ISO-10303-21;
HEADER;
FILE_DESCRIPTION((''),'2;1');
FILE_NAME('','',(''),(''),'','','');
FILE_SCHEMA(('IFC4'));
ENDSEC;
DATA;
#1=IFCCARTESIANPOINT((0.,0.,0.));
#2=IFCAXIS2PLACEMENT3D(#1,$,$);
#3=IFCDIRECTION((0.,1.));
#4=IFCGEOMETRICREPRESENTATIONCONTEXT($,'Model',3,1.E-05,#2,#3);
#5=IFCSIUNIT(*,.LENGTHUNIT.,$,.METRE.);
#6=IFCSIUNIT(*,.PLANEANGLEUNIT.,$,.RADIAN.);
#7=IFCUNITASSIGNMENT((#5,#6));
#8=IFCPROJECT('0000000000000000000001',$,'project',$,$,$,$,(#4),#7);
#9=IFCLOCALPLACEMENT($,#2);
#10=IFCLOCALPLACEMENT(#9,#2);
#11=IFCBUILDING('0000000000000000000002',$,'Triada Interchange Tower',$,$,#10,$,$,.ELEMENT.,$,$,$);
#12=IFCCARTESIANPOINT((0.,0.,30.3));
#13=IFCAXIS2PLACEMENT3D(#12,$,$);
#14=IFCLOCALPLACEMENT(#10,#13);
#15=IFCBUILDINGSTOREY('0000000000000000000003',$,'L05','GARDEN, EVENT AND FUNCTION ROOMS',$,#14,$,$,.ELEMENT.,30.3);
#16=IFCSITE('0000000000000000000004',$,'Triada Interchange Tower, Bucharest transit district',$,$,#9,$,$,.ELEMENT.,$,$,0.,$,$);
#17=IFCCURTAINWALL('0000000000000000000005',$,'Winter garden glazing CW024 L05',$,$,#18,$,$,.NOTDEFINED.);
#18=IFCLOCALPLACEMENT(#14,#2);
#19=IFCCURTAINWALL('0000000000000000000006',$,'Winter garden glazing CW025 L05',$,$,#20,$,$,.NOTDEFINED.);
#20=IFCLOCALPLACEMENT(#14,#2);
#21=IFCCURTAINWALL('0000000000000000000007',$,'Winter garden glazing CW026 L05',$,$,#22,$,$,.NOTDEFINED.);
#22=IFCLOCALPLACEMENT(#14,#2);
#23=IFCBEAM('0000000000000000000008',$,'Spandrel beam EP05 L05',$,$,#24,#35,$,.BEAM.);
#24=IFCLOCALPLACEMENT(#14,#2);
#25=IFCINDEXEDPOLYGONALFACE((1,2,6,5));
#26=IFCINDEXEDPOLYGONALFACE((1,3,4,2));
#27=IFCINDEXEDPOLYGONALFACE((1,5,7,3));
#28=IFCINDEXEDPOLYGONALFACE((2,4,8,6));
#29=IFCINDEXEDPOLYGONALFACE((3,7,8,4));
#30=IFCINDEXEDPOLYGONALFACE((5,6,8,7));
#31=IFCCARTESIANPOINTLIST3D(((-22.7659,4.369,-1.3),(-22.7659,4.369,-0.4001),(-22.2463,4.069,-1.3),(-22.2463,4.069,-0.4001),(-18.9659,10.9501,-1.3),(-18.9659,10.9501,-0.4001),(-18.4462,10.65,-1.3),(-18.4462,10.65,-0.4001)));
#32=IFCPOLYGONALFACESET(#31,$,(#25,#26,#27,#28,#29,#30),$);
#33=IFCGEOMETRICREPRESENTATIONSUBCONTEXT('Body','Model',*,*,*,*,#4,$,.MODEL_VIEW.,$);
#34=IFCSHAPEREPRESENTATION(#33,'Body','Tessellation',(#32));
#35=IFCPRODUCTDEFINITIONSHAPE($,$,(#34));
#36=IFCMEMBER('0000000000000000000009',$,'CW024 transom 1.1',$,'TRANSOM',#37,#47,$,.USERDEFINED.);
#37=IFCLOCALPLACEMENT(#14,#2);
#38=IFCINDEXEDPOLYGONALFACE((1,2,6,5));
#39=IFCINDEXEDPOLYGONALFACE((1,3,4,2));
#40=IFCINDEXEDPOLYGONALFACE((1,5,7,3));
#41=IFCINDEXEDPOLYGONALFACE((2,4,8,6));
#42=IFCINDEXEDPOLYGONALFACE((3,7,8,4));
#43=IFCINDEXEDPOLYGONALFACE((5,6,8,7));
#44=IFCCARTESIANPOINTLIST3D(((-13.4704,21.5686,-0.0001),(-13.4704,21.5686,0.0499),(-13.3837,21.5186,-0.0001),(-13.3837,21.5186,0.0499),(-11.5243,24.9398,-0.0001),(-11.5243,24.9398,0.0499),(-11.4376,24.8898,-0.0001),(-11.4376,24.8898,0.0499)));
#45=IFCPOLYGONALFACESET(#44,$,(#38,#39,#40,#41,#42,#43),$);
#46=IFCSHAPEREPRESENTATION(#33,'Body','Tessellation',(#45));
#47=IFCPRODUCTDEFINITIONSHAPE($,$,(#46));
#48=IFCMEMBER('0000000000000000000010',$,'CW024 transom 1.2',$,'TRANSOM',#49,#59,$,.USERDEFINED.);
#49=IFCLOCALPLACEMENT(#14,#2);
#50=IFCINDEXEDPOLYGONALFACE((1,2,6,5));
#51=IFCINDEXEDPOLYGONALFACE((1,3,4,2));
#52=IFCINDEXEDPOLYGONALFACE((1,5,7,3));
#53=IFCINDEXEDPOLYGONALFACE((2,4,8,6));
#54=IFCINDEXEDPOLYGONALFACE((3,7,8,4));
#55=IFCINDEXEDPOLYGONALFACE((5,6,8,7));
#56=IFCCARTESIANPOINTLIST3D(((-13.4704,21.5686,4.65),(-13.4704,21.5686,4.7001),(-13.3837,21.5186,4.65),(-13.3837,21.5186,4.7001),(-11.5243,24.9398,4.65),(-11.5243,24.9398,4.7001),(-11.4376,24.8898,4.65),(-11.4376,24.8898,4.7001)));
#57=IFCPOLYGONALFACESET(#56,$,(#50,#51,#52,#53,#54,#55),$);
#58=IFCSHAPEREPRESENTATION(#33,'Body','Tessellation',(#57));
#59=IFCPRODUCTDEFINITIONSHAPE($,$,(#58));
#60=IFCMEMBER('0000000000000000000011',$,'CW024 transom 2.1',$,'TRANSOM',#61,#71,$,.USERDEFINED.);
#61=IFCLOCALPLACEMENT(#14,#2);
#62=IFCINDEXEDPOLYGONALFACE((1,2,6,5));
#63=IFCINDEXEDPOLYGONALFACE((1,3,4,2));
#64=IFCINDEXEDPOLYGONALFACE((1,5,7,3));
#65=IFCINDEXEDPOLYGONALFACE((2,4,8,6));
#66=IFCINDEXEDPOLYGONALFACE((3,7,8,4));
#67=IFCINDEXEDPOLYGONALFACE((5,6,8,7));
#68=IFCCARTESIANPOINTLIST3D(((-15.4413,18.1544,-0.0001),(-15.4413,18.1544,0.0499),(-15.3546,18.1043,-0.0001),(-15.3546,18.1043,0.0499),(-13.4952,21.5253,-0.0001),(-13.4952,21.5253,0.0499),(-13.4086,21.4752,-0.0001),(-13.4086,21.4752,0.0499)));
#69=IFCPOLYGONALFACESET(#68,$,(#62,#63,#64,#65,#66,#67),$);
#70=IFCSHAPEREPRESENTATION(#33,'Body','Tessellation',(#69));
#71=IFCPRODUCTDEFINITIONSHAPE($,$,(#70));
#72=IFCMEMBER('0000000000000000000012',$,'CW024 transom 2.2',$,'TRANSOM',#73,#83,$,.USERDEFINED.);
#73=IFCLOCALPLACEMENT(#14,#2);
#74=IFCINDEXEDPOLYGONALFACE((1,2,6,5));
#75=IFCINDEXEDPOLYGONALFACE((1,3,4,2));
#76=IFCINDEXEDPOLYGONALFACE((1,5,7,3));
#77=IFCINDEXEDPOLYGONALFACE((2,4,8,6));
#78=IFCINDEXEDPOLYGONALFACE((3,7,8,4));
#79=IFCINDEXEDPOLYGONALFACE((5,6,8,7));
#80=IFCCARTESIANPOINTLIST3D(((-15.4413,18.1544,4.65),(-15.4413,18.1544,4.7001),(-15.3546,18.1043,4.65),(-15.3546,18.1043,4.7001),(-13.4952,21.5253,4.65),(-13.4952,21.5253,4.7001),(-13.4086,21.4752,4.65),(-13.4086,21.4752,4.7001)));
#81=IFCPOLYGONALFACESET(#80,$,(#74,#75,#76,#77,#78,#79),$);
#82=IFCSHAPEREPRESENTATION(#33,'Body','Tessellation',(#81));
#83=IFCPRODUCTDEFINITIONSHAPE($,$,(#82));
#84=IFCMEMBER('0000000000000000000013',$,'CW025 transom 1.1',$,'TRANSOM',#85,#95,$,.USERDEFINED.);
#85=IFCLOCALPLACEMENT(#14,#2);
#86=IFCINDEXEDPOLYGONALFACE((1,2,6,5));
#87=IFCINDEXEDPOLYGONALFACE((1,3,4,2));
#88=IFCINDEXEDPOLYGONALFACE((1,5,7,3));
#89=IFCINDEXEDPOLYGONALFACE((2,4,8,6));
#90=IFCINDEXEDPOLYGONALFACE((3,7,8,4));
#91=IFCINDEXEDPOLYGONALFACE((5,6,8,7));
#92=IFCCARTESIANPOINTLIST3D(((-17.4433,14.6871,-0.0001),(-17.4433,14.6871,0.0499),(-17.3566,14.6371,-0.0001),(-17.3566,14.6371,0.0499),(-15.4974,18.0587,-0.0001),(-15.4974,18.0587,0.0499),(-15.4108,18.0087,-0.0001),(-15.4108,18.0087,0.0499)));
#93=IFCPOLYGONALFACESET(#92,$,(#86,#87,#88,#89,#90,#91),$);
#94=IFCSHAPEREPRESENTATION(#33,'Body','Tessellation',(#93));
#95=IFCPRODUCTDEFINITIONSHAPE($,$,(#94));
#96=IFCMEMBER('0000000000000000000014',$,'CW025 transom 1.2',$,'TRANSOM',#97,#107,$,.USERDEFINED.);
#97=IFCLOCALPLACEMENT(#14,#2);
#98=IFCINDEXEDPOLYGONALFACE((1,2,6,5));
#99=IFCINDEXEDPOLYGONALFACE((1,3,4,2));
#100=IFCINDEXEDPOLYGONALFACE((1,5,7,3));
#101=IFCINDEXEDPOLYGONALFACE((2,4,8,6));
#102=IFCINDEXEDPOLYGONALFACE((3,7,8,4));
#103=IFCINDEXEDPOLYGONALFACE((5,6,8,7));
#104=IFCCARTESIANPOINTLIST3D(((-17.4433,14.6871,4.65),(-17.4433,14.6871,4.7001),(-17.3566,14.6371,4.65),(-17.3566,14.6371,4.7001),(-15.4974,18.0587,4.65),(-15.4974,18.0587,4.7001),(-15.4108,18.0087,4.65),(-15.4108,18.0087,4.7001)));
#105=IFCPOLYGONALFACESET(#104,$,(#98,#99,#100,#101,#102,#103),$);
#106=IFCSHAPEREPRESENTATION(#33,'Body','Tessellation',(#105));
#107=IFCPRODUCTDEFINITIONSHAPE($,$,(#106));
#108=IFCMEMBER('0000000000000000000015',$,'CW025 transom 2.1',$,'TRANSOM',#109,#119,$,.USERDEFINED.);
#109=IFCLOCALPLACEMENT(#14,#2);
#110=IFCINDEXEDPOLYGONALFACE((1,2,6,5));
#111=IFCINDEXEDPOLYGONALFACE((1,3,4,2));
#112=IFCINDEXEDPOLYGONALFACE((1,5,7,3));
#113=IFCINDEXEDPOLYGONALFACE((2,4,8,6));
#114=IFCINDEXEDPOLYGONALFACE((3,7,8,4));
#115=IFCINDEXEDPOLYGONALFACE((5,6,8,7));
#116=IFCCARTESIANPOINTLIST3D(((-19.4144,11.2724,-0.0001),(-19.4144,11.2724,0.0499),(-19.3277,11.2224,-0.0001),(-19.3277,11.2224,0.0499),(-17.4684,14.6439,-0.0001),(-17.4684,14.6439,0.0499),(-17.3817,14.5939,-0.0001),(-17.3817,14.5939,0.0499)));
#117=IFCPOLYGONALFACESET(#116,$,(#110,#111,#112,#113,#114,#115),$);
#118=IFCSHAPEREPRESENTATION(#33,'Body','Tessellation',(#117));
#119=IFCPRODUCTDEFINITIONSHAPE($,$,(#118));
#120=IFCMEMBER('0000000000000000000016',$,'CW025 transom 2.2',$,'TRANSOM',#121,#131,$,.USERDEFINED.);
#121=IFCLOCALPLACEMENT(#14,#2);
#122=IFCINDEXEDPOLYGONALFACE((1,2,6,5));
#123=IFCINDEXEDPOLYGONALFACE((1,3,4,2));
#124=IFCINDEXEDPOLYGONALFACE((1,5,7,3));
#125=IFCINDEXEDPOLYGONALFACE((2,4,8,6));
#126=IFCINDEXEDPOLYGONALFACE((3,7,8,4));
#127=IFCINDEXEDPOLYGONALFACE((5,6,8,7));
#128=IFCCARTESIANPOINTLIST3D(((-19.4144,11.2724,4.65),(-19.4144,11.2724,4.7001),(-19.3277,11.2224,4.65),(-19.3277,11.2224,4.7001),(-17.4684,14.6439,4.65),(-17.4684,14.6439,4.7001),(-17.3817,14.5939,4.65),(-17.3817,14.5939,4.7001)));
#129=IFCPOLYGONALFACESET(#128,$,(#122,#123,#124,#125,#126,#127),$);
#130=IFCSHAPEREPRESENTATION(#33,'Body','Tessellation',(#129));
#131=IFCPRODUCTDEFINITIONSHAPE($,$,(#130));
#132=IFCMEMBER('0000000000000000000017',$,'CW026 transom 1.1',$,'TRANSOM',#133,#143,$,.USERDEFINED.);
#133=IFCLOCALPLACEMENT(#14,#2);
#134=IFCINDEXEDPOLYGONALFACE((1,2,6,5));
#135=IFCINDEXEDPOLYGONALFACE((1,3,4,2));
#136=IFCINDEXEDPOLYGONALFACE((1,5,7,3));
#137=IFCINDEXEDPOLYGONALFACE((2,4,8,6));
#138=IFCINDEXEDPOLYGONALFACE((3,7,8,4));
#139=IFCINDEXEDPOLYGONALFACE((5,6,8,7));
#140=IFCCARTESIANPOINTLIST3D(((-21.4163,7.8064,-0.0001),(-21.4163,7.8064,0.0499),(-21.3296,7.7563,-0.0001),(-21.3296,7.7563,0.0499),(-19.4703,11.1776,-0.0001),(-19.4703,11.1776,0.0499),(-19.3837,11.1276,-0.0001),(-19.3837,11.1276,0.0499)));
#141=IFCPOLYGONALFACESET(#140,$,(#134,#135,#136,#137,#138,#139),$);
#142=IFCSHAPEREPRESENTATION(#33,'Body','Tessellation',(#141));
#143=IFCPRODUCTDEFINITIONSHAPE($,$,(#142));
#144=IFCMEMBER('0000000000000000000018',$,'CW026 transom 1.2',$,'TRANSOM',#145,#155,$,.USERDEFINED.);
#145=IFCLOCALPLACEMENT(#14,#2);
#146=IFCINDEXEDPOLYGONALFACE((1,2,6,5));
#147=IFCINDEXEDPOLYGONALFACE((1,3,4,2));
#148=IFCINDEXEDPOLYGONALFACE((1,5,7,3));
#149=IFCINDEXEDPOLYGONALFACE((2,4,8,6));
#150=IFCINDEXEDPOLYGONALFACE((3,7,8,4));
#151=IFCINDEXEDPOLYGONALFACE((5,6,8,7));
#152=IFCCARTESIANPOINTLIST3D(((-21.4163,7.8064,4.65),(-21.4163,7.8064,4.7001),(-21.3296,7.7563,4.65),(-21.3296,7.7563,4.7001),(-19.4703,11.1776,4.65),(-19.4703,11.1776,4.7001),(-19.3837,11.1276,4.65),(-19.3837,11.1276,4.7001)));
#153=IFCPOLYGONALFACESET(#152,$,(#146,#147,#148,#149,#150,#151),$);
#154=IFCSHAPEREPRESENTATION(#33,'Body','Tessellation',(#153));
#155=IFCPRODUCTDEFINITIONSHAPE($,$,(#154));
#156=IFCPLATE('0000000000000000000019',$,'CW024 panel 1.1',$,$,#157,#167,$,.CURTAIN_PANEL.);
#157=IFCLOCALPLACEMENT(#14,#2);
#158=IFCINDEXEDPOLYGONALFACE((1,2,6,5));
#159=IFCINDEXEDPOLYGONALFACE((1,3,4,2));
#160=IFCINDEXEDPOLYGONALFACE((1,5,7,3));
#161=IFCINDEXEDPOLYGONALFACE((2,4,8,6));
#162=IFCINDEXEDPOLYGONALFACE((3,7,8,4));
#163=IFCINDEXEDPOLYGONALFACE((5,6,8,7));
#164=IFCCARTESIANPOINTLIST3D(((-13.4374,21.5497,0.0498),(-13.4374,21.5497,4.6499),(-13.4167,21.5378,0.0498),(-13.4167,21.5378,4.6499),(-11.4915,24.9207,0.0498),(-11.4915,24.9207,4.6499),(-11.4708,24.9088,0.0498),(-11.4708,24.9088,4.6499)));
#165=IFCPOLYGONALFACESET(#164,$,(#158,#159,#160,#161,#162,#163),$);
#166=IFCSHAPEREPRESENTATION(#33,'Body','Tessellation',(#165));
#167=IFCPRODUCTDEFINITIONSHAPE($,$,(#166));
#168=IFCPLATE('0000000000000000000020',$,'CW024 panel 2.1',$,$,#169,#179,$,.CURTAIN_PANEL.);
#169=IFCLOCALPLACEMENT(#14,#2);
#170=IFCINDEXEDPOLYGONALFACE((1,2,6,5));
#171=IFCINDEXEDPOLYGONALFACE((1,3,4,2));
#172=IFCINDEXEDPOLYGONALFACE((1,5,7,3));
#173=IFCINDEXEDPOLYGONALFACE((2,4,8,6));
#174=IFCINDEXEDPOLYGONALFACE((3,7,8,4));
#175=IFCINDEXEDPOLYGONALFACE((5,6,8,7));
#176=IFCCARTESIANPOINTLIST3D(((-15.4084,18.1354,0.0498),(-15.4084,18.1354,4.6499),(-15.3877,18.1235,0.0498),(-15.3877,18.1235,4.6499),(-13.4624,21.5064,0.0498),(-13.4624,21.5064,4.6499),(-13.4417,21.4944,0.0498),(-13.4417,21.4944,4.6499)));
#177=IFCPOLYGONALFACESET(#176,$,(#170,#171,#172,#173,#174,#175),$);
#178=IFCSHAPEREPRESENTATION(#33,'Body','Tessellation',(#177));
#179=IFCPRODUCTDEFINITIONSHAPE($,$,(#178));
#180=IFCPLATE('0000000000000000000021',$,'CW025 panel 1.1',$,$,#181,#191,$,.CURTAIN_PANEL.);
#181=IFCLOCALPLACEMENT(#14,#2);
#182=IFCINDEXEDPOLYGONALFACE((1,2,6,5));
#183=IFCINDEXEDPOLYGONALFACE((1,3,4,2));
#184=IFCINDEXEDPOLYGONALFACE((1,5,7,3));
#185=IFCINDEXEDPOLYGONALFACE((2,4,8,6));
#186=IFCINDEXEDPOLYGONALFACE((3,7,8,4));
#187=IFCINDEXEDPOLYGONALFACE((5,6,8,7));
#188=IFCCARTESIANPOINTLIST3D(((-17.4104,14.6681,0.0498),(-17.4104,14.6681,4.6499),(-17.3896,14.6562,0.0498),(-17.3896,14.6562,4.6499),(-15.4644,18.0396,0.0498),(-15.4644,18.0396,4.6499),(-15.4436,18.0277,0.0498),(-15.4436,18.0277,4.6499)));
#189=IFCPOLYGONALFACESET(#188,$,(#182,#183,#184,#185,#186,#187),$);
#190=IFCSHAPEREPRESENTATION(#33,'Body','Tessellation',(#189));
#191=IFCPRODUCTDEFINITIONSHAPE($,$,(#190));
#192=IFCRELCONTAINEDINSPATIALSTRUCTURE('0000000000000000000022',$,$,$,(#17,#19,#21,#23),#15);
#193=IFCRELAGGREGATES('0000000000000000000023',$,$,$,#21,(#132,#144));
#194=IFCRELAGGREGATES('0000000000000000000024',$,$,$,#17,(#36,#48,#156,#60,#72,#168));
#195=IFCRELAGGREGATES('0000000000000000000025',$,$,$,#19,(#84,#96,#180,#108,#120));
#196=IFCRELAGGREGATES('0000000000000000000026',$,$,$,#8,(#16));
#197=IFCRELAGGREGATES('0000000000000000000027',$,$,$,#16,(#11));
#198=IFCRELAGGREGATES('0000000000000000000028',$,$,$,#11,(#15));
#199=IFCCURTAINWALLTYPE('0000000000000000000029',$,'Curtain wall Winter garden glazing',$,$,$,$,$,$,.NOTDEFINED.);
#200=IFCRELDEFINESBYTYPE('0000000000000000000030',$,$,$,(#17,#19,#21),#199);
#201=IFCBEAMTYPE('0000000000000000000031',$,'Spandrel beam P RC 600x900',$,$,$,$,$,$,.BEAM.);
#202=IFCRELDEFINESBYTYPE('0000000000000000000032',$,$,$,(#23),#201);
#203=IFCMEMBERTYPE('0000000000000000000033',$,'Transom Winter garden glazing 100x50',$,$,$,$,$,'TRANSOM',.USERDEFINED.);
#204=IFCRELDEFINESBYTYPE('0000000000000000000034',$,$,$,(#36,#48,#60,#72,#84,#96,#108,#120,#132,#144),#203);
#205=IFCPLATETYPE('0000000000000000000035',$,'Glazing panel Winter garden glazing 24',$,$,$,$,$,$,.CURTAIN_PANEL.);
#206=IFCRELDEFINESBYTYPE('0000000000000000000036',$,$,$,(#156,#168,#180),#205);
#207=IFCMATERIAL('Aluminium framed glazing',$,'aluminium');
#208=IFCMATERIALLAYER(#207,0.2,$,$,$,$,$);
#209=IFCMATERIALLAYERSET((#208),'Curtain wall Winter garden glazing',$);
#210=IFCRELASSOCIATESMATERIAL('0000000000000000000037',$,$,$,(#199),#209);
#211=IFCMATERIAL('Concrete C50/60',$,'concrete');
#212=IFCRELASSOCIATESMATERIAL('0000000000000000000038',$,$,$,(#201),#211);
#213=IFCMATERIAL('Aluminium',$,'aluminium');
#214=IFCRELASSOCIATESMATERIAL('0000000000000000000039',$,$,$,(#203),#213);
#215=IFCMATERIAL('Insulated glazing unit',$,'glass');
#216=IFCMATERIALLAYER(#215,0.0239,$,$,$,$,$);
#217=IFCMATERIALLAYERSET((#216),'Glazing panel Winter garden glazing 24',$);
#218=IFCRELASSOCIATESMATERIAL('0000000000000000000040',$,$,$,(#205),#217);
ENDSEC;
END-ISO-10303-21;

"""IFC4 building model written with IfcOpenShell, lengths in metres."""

from ifc_helpers import new_model, si_unit, direction, frame, origin, origin_2d, place, context, subcontext, project, spatial, rectangle, extrude, material, layer, layer_set, material_profile, profile_set, type_object, element, aggregate, save


model = new_model("IFC4")

# Units and contexts
model_context = context("Model", 3, precision=1e-05, world=origin(), true_north=direction((0.0, 1.0)))
body_context = subcontext(model_context, "Body", "Model", "MODEL_VIEW")
ifc_project = project(units=[si_unit("LENGTHUNIT", "METRE"), si_unit("PLANEANGLEUNIT", "RADIAN")], contexts=[model_context])

# Site, building, storey
site_placement = place(None, origin())
site = spatial("IfcSite", under=ifc_project, at=site_placement, Name="Triada Interchange Tower, Bucharest transit district", CompositionType="ELEMENT", RefElevation=0.0)
building_placement = place(site_placement, origin())
building = spatial("IfcBuilding", under=site, at=building_placement, Name="Triada Interchange Tower", CompositionType="ELEMENT")
storey_placement = place(building_placement, frame((0.0, 0.0, 30.3)))
storey = spatial("IfcBuildingStorey", under=building, at=storey_placement, Name="L05", Description="GARDEN, EVENT AND FUNCTION ROOMS", CompositionType="ELEMENT", Elevation=30.3)

# Curtain walls
ifc_material_1 = material(Name="Aluminium framed glazing", Category="aluminium")
ifc_layer_1 = layer(ifc_material_1, 0.2)
ifc_layer_set_1 = layer_set([ifc_layer_1], Name="Curtain wall Winter garden glazing")
curtain_wall_type = type_object("IfcCurtainWallType", Name="Curtain wall Winter garden glazing", PredefinedType="NOTDEFINED", material=ifc_layer_set_1)
curtain_wall_1_placement = place(storey_placement, origin())
curtain_wall_1 = element("IfcCurtainWall", 1, at=curtain_wall_1_placement, inside=storey, type_object=curtain_wall_type, Name="Winter garden glazing CW024 L05", PredefinedType="NOTDEFINED")
ifc_material_2 = material(Name="Aluminium", Category="aluminium")
curtain_wall_2_placement = place(storey_placement, origin())
curtain_wall_2 = element("IfcCurtainWall", 2, at=curtain_wall_2_placement, inside=storey, type_object=curtain_wall_type, Name="Winter garden glazing CW025 L05", PredefinedType="NOTDEFINED")

# Curtain wall
curtain_wall_3_placement = place(storey_placement, origin())
curtain_wall_3 = element("IfcCurtainWall", 3, at=curtain_wall_3_placement, inside=storey, type_object=curtain_wall_type, Name="Winter garden glazing CW026 L05", PredefinedType="NOTDEFINED")

# Beam
ifc_material_3 = material(Name="Concrete C50/60", Category="concrete")
ifc_material_profile_1 = material_profile(ifc_material_3, rectangle(XDim=0.6001, YDim=0.8999, at=origin_2d()), Name="RC 600x900")
ifc_profile_set_1 = profile_set([ifc_material_profile_1], Name="Concrete C50/60")
beam_type_1 = type_object("IfcBeamType", Name="Spandrel beam P RC 600x900", PredefinedType="BEAM", material=ifc_profile_set_1)
for number, where, z_axis, x_axis, name in (
    (4, (-18.7061, 10.8, -0.8501), (-0.500047, -0.865998, 0.0), (0.865998, -0.500047, 0.0), "Spandrel beam EP05 L05"),
):
    element("IfcBeam", number, at=place(storey_placement, frame(where, z_axis=z_axis, x_axis=x_axis)), inside=storey, type_object=beam_type_1, Name=name, PredefinedType="BEAM", context=body_context, shape_type="SweptSolid", body=[
        extrude(rectangle(XDim=0.6001, YDim=0.8999, at=origin_2d()), origin(), (0.0, 0.0, 1.0), 7.5994),
    ])

# Members
ifc_material_profile_2 = material_profile(ifc_material_2, rectangle(XDim=0.1001, YDim=0.05, at=origin_2d()), Name="Aluminium transom")
ifc_profile_set_2 = profile_set([ifc_material_profile_2], Name="Aluminium")
member_type_1 = type_object("IfcMemberType", Name="Transom Winter garden glazing 100x50", ElementType="TRANSOM", PredefinedType="USERDEFINED", material=ifc_profile_set_2)
member_1_placement = place(storey_placement, frame((-11.481, 24.9148, 0.0249), z_axis=(-0.49995, -0.866054, 0.0), x_axis=(0.866054, -0.49995, 0.0)))
member_1 = element("IfcMember", 5, at=member_1_placement, type_object=member_type_1, Name="CW024 transom 1.1", ObjectType="TRANSOM", PredefinedType="USERDEFINED", context=body_context, shape_type="SweptSolid", body=[
    extrude(rectangle(XDim=0.1001, YDim=0.05, at=origin_2d()), origin(), (0.0, 0.0, 1.0), 3.8926),
])
member_2_placement = place(storey_placement, frame((-11.481, 24.9148, 4.675), z_axis=(-0.49995, -0.866054, 0.0), x_axis=(0.866054, -0.49995, 0.0)))
member_2 = element("IfcMember", 6, at=member_2_placement, type_object=member_type_1, Name="CW024 transom 1.2", ObjectType="TRANSOM", PredefinedType="USERDEFINED", context=body_context, shape_type="SweptSolid", body=[
    extrude(rectangle(XDim=0.1001, YDim=0.05, at=origin_2d()), origin(), (0.0, 0.0, 1.0), 3.8926),
])
member_3_placement = place(storey_placement, frame((-13.4519, 21.5002, 0.0249), z_axis=(-0.499978, -0.866038, 0.0), x_axis=(0.866038, -0.499978, 0.0)))
member_3 = element("IfcMember", 7, at=member_3_placement, type_object=member_type_1, Name="CW024 transom 2.1", ObjectType="TRANSOM", PredefinedType="USERDEFINED", context=body_context, shape_type="SweptSolid", body=[
    extrude(rectangle(XDim=0.1001, YDim=0.05, at=origin_2d()), origin(), (0.0, 0.0, 1.0), 3.8923),
])
member_4_placement = place(storey_placement, frame((-13.4519, 21.5002, 4.675), z_axis=(-0.499978, -0.866038, 0.0), x_axis=(0.866038, -0.499978, 0.0)))
member_4 = element("IfcMember", 8, at=member_4_placement, type_object=member_type_1, Name="CW024 transom 2.2", ObjectType="TRANSOM", PredefinedType="USERDEFINED", context=body_context, shape_type="SweptSolid", body=[
    extrude(rectangle(XDim=0.1001, YDim=0.05, at=origin_2d()), origin(), (0.0, 0.0, 1.0), 3.8923),
])
member_5_placement = place(storey_placement, frame((-15.4541, 18.0337, 0.0249), z_axis=(-0.499849, -0.866112, 0.0), x_axis=(0.866112, -0.499849, 0.0)))
member_5 = element("IfcMember", 9, at=member_5_placement, type_object=member_type_1, Name="CW025 transom 1.1", ObjectType="TRANSOM", PredefinedType="USERDEFINED", context=body_context, shape_type="SweptSolid", body=[
    extrude(rectangle(XDim=0.1001, YDim=0.05, at=origin_2d()), origin(), (0.0, 0.0, 1.0), 3.8928),
])
member_6_placement = place(storey_placement, frame((-15.4541, 18.0337, 4.675), z_axis=(-0.499849, -0.866112, 0.0), x_axis=(0.866112, -0.499849, 0.0)))
member_6 = element("IfcMember", 10, at=member_6_placement, type_object=member_type_1, Name="CW025 transom 1.2", ObjectType="TRANSOM", PredefinedType="USERDEFINED", context=body_context, shape_type="SweptSolid", body=[
    extrude(rectangle(XDim=0.1001, YDim=0.05, at=origin_2d()), origin(), (0.0, 0.0, 1.0), 3.8928),
])
member_7_placement = place(storey_placement, frame((-17.425, 14.6189, 0.0249), z_axis=(-0.499896, -0.866085, 0.0), x_axis=(0.866085, -0.499896, 0.0)))
member_7 = element("IfcMember", 11, at=member_7_placement, type_object=member_type_1, Name="CW025 transom 2.1", ObjectType="TRANSOM", PredefinedType="USERDEFINED", context=body_context, shape_type="SweptSolid", body=[
    extrude(rectangle(XDim=0.1001, YDim=0.05, at=origin_2d()), origin(), (0.0, 0.0, 1.0), 3.8928),
])
member_8_placement = place(storey_placement, frame((-17.425, 14.6189, 4.675), z_axis=(-0.499896, -0.866085, 0.0), x_axis=(0.866085, -0.499896, 0.0)))
member_8 = element("IfcMember", 12, at=member_8_placement, type_object=member_type_1, Name="CW025 transom 2.2", ObjectType="TRANSOM", PredefinedType="USERDEFINED", context=body_context, shape_type="SweptSolid", body=[
    extrude(rectangle(XDim=0.1001, YDim=0.05, at=origin_2d()), origin(), (0.0, 0.0, 1.0), 3.8928),
])
member_9_placement = place(storey_placement, frame((-19.427, 11.1526, 0.0249), z_axis=(-0.499923, -0.86607, 0.0), x_axis=(0.86607, -0.499923, 0.0)))
member_9 = element("IfcMember", 13, at=member_9_placement, type_object=member_type_1, Name="CW026 transom 1.1", ObjectType="TRANSOM", PredefinedType="USERDEFINED", context=body_context, shape_type="SweptSolid", body=[
    extrude(rectangle(XDim=0.1001, YDim=0.05, at=origin_2d()), origin(), (0.0, 0.0, 1.0), 3.8926),
])
member_10_placement = place(storey_placement, frame((-19.427, 11.1526, 4.675), z_axis=(-0.499923, -0.86607, 0.0), x_axis=(0.86607, -0.499923, 0.0)))
member_10 = element("IfcMember", 14, at=member_10_placement, type_object=member_type_1, Name="CW026 transom 1.2", ObjectType="TRANSOM", PredefinedType="USERDEFINED", context=body_context, shape_type="SweptSolid", body=[
    extrude(rectangle(XDim=0.1001, YDim=0.05, at=origin_2d()), origin(), (0.0, 0.0, 1.0), 3.8926),
])
aggregate(curtain_wall_3, [member_9, member_10])

# Plates
ifc_material_4 = material(Name="Insulated glazing unit", Category="glass")
ifc_layer_2 = layer(ifc_material_4, 0.0239)
ifc_layer_set_2 = layer_set([ifc_layer_2], Name="Glazing panel Winter garden glazing 24")
plate_type = type_object("IfcPlateType", Name="Glazing panel Winter garden glazing 24", PredefinedType="CURTAIN_PANEL", material=ifc_layer_set_2)
plate_1_placement = place(storey_placement, frame((-12.4541, 23.2292, 0.0498), z_axis=(0.0, 0.0, 1.0), x_axis=(-0.499948, -0.866055, 0.0)))
plate_1 = element("IfcPlate", 15, at=plate_1_placement, type_object=plate_type, Name="CW024 panel 1.1", PredefinedType="CURTAIN_PANEL", context=body_context, shape_type="SweptSolid", body=[
    extrude(rectangle(XDim=3.8923, YDim=0.0239, at=origin_2d()), origin(), (0.0, 0.0, 1.0), 4.6001),
])
plate_2_placement = place(storey_placement, frame((-14.425, 19.8149, 0.0498), z_axis=(0.0, 0.0, 1.0), x_axis=(-0.499948, -0.866055, 0.0)))
plate_2 = element("IfcPlate", 16, at=plate_2_placement, type_object=plate_type, Name="CW024 panel 2.1", PredefinedType="CURTAIN_PANEL", context=body_context, shape_type="SweptSolid", body=[
    extrude(rectangle(XDim=3.8923, YDim=0.0239, at=origin_2d()), origin(), (0.0, 0.0, 1.0), 4.6001),
])
aggregate(curtain_wall_1, [member_1, member_2, plate_1, member_3, member_4, plate_2])
plate_3_placement = place(storey_placement, frame((-16.427, 16.3479, 0.0498), z_axis=(0.0, 0.0, 1.0), x_axis=(-0.499893, -0.866087, 0.0)))
plate_3 = element("IfcPlate", 17, at=plate_3_placement, type_object=plate_type, Name="CW025 panel 1.1", PredefinedType="CURTAIN_PANEL", context=body_context, shape_type="SweptSolid", body=[
    extrude(rectangle(XDim=3.8928, YDim=0.0239, at=origin_2d()), origin(), (0.0, 0.0, 1.0), 4.6001),
])
aggregate(curtain_wall_2, [member_5, member_6, plate_3, member_7, member_8])

save(model, "model.ifc")
